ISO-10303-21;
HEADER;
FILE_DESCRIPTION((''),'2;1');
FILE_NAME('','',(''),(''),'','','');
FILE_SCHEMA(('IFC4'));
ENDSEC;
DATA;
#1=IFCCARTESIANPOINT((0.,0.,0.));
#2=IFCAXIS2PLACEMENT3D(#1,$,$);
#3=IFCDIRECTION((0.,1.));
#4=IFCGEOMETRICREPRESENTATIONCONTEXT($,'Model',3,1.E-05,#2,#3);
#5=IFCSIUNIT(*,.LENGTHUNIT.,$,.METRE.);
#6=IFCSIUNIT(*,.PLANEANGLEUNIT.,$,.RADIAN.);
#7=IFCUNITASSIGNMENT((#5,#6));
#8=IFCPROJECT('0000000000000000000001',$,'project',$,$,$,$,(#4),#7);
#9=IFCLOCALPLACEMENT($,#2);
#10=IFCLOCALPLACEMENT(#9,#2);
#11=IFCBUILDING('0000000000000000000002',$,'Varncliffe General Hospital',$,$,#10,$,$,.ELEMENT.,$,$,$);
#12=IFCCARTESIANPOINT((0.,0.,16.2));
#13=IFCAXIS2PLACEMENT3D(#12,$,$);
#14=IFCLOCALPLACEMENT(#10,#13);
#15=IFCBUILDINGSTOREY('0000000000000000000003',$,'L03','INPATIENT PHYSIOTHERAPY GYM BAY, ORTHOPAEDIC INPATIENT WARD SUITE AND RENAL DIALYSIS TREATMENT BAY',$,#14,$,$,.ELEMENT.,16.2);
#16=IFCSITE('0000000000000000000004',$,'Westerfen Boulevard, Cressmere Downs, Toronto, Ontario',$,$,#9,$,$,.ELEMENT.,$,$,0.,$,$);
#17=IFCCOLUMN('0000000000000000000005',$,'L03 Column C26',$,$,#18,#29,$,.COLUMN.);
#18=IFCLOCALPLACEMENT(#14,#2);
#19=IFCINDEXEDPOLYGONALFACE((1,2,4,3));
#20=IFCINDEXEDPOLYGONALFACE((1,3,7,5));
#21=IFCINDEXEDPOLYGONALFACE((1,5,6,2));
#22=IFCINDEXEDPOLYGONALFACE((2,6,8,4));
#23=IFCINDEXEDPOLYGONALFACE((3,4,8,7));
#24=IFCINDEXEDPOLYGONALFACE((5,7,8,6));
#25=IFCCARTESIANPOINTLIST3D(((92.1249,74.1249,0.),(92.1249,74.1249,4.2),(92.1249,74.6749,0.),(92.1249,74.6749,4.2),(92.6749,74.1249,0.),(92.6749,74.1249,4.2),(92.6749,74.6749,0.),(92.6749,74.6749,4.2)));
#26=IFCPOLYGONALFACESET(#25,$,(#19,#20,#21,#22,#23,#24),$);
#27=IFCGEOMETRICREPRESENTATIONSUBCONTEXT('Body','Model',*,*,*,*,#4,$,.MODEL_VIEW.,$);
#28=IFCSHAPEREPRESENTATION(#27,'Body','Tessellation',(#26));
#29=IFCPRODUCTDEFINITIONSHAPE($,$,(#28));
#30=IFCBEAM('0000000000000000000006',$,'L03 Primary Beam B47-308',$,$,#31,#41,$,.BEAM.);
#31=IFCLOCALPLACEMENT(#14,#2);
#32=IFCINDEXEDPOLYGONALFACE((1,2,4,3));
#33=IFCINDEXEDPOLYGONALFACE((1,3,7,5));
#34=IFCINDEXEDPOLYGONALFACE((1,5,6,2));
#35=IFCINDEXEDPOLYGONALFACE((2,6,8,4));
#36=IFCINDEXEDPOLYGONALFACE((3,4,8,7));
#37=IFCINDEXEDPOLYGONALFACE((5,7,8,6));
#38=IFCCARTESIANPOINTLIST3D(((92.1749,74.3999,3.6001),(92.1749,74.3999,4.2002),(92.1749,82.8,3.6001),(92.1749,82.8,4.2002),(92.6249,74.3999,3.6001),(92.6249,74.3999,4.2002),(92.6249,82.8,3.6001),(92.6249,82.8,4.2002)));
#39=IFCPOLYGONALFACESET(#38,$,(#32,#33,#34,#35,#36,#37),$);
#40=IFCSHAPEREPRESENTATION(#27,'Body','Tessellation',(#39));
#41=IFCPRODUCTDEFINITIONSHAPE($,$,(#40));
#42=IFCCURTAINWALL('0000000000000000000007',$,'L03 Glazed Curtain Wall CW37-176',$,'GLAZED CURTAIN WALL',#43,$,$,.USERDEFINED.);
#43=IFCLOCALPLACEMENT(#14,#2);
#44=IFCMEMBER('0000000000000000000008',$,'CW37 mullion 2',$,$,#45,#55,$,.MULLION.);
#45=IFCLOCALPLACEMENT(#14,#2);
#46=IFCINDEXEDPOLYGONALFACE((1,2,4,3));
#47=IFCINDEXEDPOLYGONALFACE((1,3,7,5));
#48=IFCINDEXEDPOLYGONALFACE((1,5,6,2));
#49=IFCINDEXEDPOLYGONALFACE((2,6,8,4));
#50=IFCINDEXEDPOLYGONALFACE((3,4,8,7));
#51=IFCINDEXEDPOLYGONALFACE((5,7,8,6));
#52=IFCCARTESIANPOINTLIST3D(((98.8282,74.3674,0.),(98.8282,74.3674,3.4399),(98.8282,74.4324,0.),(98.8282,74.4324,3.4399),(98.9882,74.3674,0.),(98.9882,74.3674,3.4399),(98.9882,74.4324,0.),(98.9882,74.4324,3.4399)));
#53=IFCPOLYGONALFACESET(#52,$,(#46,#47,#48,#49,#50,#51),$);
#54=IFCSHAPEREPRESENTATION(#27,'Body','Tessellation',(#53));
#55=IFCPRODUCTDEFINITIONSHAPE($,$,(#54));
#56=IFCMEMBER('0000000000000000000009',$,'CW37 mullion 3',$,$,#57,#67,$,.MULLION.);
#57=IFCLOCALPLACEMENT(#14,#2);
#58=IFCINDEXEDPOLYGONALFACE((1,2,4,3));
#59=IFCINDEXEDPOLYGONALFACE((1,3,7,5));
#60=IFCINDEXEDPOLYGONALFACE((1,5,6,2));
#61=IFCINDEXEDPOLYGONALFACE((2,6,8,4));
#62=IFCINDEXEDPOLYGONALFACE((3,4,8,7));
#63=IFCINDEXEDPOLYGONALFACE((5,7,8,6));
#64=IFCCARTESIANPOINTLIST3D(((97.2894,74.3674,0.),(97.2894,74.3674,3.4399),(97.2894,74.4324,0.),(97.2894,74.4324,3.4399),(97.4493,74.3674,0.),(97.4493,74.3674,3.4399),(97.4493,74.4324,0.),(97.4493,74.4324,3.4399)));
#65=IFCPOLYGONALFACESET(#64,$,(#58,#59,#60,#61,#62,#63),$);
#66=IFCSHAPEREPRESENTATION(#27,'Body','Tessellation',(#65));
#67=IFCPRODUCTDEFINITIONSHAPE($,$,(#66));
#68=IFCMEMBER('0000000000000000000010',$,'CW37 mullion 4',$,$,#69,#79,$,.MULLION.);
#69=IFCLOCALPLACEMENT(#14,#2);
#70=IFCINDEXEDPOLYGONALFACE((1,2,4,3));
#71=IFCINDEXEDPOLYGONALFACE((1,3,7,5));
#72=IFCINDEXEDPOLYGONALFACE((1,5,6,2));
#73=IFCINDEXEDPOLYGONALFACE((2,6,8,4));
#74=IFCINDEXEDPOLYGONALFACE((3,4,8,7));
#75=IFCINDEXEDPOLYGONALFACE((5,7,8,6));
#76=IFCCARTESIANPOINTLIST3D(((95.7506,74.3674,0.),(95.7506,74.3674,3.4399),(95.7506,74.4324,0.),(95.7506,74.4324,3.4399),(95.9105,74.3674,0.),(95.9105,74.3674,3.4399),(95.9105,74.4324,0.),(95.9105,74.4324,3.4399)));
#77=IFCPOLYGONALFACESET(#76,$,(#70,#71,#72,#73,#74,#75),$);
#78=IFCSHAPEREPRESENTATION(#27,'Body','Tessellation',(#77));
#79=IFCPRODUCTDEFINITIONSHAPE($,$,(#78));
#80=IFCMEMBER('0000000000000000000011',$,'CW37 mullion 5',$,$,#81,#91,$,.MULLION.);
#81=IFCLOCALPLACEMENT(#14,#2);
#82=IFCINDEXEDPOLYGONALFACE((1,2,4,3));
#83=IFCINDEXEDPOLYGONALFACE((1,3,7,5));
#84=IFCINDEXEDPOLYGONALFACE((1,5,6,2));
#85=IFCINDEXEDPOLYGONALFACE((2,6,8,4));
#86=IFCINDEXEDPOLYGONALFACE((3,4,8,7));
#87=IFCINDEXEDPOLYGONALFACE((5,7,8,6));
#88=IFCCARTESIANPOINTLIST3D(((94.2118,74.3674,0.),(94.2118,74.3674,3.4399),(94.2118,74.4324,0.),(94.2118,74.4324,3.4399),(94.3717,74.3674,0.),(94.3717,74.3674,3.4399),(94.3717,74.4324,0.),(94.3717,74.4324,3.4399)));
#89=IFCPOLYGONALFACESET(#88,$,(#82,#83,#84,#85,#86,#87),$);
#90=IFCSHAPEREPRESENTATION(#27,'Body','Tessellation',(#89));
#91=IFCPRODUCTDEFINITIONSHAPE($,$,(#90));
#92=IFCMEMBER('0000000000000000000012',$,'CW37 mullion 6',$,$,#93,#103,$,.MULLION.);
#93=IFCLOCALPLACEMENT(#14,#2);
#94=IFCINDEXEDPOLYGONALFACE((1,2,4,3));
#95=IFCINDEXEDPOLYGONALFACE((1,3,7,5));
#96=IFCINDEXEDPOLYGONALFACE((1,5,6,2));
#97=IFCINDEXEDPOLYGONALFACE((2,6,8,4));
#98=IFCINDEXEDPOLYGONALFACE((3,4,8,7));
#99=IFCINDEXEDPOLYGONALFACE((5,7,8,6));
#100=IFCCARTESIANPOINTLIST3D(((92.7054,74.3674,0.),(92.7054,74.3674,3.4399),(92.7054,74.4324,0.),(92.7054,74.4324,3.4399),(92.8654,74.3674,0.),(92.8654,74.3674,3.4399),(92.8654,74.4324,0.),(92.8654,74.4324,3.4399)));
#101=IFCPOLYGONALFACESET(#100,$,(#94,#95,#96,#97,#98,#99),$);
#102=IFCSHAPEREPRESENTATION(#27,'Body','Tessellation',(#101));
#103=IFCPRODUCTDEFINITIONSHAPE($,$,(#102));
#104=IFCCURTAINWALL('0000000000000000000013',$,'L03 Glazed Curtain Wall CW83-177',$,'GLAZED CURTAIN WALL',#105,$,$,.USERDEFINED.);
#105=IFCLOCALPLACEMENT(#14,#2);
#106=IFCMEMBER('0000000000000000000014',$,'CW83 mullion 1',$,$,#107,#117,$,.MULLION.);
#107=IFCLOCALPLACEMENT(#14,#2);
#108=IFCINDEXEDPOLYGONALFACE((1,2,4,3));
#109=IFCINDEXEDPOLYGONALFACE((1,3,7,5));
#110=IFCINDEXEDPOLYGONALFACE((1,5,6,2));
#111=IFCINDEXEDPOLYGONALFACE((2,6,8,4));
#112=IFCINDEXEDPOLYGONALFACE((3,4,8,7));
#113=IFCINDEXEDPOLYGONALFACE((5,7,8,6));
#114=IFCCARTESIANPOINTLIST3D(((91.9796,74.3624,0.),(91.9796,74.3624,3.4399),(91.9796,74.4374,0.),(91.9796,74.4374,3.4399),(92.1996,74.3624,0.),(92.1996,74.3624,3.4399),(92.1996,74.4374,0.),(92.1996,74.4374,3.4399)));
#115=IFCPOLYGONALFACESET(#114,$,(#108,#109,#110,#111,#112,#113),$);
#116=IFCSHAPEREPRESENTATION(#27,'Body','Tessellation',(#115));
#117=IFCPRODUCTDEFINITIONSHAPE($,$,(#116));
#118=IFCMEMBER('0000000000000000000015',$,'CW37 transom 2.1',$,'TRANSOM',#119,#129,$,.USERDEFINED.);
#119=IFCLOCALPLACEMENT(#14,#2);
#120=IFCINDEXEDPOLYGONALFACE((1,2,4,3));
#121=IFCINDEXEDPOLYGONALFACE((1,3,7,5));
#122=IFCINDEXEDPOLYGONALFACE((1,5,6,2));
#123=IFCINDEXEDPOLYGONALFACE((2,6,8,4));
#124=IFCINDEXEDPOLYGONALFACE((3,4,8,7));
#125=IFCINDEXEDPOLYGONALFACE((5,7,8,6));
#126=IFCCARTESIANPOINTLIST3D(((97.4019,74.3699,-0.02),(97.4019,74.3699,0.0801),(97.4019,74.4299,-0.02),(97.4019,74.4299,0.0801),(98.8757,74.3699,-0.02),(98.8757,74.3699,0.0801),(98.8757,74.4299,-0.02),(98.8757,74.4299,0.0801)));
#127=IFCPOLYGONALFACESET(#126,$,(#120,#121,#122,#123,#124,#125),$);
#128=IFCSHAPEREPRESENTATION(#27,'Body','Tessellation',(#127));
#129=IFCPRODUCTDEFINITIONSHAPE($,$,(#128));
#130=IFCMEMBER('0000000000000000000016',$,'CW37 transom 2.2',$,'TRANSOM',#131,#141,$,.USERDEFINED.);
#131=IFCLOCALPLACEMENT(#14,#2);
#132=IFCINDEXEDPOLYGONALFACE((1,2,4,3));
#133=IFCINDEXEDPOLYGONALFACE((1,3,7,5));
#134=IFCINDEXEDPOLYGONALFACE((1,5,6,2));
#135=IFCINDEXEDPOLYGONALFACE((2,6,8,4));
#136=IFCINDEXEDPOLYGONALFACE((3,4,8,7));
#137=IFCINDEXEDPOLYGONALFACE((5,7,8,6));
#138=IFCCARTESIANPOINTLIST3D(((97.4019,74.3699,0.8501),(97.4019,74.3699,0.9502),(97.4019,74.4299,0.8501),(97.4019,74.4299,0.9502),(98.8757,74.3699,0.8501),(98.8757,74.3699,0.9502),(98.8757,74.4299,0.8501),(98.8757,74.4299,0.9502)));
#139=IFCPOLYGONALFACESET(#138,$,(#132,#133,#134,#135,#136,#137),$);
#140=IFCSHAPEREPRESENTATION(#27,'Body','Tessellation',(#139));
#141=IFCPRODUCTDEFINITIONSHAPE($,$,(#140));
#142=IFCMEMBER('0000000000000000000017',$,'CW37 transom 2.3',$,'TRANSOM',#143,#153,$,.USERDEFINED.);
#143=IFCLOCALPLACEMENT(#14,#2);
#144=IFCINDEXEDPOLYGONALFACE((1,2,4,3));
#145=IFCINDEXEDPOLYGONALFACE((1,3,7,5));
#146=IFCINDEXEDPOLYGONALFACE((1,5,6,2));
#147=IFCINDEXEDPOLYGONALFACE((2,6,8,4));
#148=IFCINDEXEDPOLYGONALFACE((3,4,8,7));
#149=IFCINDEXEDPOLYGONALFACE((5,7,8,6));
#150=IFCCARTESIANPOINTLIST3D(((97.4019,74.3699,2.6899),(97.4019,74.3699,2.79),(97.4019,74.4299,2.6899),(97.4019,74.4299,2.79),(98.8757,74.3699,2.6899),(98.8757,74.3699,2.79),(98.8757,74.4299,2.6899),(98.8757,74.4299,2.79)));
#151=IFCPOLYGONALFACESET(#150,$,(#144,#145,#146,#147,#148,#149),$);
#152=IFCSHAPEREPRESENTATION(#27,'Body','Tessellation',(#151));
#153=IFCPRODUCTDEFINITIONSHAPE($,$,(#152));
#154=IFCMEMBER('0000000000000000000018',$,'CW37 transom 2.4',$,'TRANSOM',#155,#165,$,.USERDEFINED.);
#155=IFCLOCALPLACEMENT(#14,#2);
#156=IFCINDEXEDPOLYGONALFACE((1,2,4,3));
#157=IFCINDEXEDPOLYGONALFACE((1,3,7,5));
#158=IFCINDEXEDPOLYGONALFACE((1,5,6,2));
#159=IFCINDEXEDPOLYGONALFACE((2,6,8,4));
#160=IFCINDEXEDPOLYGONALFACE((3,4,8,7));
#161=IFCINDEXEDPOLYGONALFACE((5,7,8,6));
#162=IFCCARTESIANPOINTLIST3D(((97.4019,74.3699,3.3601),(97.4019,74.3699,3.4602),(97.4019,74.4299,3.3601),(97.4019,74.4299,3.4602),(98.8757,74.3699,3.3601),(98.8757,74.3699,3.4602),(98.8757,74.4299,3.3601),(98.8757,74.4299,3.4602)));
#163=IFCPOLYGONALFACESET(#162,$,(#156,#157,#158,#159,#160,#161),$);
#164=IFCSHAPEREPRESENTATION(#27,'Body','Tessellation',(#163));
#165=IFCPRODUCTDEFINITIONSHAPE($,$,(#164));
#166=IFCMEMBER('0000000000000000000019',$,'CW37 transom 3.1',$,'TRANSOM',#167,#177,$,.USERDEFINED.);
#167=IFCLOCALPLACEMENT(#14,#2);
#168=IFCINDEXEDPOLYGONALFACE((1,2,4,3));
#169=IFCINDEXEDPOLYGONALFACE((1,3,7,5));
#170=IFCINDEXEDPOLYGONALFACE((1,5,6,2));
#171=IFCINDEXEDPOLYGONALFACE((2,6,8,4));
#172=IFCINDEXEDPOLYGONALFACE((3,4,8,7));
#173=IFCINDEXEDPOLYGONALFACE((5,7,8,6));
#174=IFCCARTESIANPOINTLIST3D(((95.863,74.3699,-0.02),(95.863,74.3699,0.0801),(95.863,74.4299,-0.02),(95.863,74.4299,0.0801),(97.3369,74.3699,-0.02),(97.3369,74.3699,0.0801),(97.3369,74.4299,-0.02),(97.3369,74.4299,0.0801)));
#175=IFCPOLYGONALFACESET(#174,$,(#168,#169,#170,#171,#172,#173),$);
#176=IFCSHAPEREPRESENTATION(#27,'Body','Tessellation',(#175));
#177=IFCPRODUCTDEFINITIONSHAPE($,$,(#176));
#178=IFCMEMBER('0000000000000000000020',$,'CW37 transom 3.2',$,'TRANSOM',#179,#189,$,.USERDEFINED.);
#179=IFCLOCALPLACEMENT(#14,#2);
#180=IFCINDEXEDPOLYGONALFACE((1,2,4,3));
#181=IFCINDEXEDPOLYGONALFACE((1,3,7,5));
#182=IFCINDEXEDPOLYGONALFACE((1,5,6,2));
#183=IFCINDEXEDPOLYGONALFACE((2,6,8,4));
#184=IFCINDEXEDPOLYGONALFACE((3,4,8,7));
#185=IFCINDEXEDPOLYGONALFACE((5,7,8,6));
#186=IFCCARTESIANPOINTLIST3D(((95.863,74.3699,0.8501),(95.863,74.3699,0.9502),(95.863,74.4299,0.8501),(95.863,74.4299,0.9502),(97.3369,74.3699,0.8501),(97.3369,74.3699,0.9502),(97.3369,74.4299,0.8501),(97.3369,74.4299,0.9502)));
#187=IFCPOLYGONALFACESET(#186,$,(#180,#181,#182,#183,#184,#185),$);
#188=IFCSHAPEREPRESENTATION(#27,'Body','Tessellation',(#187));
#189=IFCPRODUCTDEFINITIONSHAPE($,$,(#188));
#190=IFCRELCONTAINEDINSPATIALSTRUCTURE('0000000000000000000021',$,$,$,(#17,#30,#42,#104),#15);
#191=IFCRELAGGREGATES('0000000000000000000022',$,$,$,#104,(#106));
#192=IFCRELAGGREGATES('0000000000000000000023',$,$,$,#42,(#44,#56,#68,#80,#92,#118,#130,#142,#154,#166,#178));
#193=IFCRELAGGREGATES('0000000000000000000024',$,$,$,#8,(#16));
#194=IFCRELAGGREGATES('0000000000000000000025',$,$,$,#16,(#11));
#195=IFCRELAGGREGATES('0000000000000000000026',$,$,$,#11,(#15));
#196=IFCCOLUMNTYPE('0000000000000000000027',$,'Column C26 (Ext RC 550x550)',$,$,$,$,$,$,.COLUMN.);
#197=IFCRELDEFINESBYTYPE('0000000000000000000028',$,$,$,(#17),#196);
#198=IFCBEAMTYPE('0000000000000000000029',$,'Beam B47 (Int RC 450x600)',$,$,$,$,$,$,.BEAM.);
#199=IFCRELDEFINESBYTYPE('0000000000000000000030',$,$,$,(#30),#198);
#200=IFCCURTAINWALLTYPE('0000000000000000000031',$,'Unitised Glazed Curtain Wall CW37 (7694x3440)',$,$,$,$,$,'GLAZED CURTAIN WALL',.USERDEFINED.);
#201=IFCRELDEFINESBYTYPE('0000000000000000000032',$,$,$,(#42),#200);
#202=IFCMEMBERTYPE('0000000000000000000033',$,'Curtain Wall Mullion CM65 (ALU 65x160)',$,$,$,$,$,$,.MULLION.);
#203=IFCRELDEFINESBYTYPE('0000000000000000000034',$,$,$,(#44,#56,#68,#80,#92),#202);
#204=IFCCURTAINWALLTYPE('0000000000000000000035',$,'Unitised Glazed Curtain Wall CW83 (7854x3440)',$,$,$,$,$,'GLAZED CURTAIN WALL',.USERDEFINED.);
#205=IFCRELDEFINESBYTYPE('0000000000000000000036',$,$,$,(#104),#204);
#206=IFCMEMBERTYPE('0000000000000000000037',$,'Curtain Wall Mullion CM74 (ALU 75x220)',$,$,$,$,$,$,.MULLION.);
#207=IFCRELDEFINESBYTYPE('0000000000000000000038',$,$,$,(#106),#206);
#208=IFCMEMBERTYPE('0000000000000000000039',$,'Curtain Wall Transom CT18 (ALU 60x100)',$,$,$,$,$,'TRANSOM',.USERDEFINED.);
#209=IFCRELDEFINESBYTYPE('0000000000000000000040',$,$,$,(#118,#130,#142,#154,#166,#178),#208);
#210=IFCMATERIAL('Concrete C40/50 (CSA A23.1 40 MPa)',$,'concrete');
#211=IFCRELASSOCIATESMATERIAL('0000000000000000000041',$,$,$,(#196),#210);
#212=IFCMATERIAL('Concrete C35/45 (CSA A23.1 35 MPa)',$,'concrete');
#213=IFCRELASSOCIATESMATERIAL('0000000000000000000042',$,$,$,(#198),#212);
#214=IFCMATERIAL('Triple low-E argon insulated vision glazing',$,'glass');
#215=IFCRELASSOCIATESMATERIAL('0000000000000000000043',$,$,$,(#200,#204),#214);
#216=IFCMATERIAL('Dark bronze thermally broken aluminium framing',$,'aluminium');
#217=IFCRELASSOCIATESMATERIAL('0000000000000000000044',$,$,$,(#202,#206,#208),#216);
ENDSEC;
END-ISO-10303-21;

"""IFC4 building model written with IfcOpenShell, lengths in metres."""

from ifc_helpers import new_model, si_unit, direction, frame, origin, origin_2d, place, context, subcontext, project, spatial, rectangle, extrude, material, material_profile, profile_set, type_object, element, aggregate, save


model = new_model("IFC4")

# Units and contexts
model_context = context("Model", 3, precision=1e-05, world=origin(), true_north=direction((0.0, 1.0)))
body_context = subcontext(model_context, "Body", "Model", "MODEL_VIEW")
ifc_project = project(units=[si_unit("LENGTHUNIT", "METRE"), si_unit("PLANEANGLEUNIT", "RADIAN")], contexts=[model_context])

# Site, building, storey
site_placement = place(None, origin())
site = spatial("IfcSite", under=ifc_project, at=site_placement, Name="Westerfen Boulevard, Cressmere Downs, Toronto, Ontario", CompositionType="ELEMENT", RefElevation=0.0)
building_placement = place(site_placement, origin())
building = spatial("IfcBuilding", under=site, at=building_placement, Name="Varncliffe General Hospital", CompositionType="ELEMENT")
storey_placement = place(building_placement, frame((0.0, 0.0, 16.2)))
storey = spatial("IfcBuildingStorey", under=building, at=storey_placement, Name="L03", Description="INPATIENT PHYSIOTHERAPY GYM BAY, ORTHOPAEDIC INPATIENT WARD SUITE AND RENAL DIALYSIS TREATMENT BAY", CompositionType="ELEMENT", Elevation=16.2)

# Column
ifc_material_1 = material(Name="Concrete C40/50 (CSA A23.1 40 MPa)", Category="concrete")
ifc_material_profile_1 = material_profile(ifc_material_1, rectangle(XDim=0.55, YDim=0.55, at=origin_2d()), Name="RC 550x550")
ifc_profile_set_1 = profile_set([ifc_material_profile_1], Name="Concrete C40/50 (CSA A23.1 40 MPa)")
column_type = type_object("IfcColumnType", Name="Column C26 (Ext RC 550x550)", PredefinedType="COLUMN", material=ifc_profile_set_1)
column_placement = place(storey_placement, frame((92.3999, 74.3999, 0.0), z_axis=(0.0, 0.0, 1.0), x_axis=(1.0, 0.0, 0.0)))
element("IfcColumn", 1, at=column_placement, inside=storey, type_object=column_type, Name="L03 Column C26", PredefinedType="COLUMN", context=body_context, shape_type="SweptSolid", body=[
    extrude(rectangle(XDim=0.55, YDim=0.55, at=origin_2d()), origin(), (0.0, 0.0, 1.0), 4.2),
])

# Beam
ifc_material_2 = material(Name="Concrete C35/45 (CSA A23.1 35 MPa)", Category="concrete")
ifc_material_profile_2 = material_profile(ifc_material_2, rectangle(XDim=0.45, YDim=0.6001, at=origin_2d()), Name="RC 450x600")
ifc_profile_set_2 = profile_set([ifc_material_profile_2], Name="Concrete C35/45 (CSA A23.1 35 MPa)")
beam_type_1 = type_object("IfcBeamType", Name="Beam B47 (Int RC 450x600)", PredefinedType="BEAM", material=ifc_profile_set_2)
beam_1_placement = place(storey_placement, frame((92.3999, 74.3999, 3.9001), z_axis=(0.0, 1.0, 0.0), x_axis=(-1.0, 0.0, 0.0)))
element("IfcBeam", 2, at=beam_1_placement, inside=storey, type_object=beam_type_1, Name="L03 Primary Beam B47-308", PredefinedType="BEAM", context=body_context, shape_type="SweptSolid", body=[
    extrude(rectangle(XDim=0.45, YDim=0.6001, at=origin_2d()), origin(), (0.0, 0.0, 1.0), 8.4001),
])

# Curtain wall, members
ifc_material_3 = material(Name="Triple low-E argon insulated vision glazing", Category="glass")
curtain_wall_type_1 = type_object("IfcCurtainWallType", Name="Unitised Glazed Curtain Wall CW37 (7694x3440)", ElementType="GLAZED CURTAIN WALL", PredefinedType="USERDEFINED", material=ifc_material_3)
curtain_wall_1_placement = place(storey_placement, origin())
curtain_wall_1 = element("IfcCurtainWall", 3, at=curtain_wall_1_placement, inside=storey, type_object=curtain_wall_type_1, Name="L03 Glazed Curtain Wall CW37-176", ObjectType="GLAZED CURTAIN WALL", PredefinedType="USERDEFINED")
ifc_material_4 = material(Name="Dark bronze thermally broken aluminium framing", Category="aluminium")
ifc_material_profile_3 = material_profile(ifc_material_4, rectangle(XDim=0.0649, YDim=0.1599, at=origin_2d()), Name="ALU 65x160")
ifc_profile_set_3 = profile_set([ifc_material_profile_3], Name="Dark bronze thermally broken aluminium framing")
member_type_1 = type_object("IfcMemberType", Name="Curtain Wall Mullion CM65 (ALU 65x160)", PredefinedType="MULLION", material=ifc_profile_set_3)
member_1_placement = place(storey_placement, frame((98.9082, 74.3999, 0.0), z_axis=(0.0, 0.0, 1.0), x_axis=(0.0, -1.0, 0.0)))
member_1 = element("IfcMember", 4, at=member_1_placement, type_object=member_type_1, Name="CW37 mullion 2", PredefinedType="MULLION", context=body_context, shape_type="SweptSolid", body=[
    extrude(rectangle(XDim=0.0649, YDim=0.1599, at=origin_2d()), origin(), (0.0, 0.0, 1.0), 3.4399),
])
member_2_placement = place(storey_placement, frame((97.3694, 74.3999, 0.0), z_axis=(0.0, 0.0, 1.0), x_axis=(0.0, -1.0, 0.0)))
member_2 = element("IfcMember", 5, at=member_2_placement, type_object=member_type_1, Name="CW37 mullion 3", PredefinedType="MULLION", context=body_context, shape_type="SweptSolid", body=[
    extrude(rectangle(XDim=0.0649, YDim=0.1599, at=origin_2d()), origin(), (0.0, 0.0, 1.0), 3.4399),
])
member_3_placement = place(storey_placement, frame((95.8306, 74.3999, 0.0), z_axis=(0.0, 0.0, 1.0), x_axis=(0.0, -1.0, 0.0)))
member_3 = element("IfcMember", 6, at=member_3_placement, type_object=member_type_1, Name="CW37 mullion 4", PredefinedType="MULLION", context=body_context, shape_type="SweptSolid", body=[
    extrude(rectangle(XDim=0.0649, YDim=0.1599, at=origin_2d()), origin(), (0.0, 0.0, 1.0), 3.4399),
])
member_4_placement = place(storey_placement, frame((94.2917, 74.3999, 0.0), z_axis=(0.0, 0.0, 1.0), x_axis=(0.0, -1.0, 0.0)))
member_4 = element("IfcMember", 7, at=member_4_placement, type_object=member_type_1, Name="CW37 mullion 5", PredefinedType="MULLION", context=body_context, shape_type="SweptSolid", body=[
    extrude(rectangle(XDim=0.0649, YDim=0.1599, at=origin_2d()), origin(), (0.0, 0.0, 1.0), 3.4399),
])
member_5_placement = place(storey_placement, frame((92.7854, 74.3999, 0.0), z_axis=(0.0, 0.0, 1.0), x_axis=(0.0, -1.0, 0.0)))
member_5 = element("IfcMember", 8, at=member_5_placement, type_object=member_type_1, Name="CW37 mullion 6", PredefinedType="MULLION", context=body_context, shape_type="SweptSolid", body=[
    extrude(rectangle(XDim=0.0649, YDim=0.1599, at=origin_2d()), origin(), (0.0, 0.0, 1.0), 3.4399),
])

# Curtain wall, member
curtain_wall_type_2 = type_object("IfcCurtainWallType", Name="Unitised Glazed Curtain Wall CW83 (7854x3440)", ElementType="GLAZED CURTAIN WALL", PredefinedType="USERDEFINED", material=ifc_material_3)
curtain_wall_2_placement = place(storey_placement, origin())
curtain_wall_2 = element("IfcCurtainWall", 9, at=curtain_wall_2_placement, inside=storey, type_object=curtain_wall_type_2, Name="L03 Glazed Curtain Wall CW83-177", ObjectType="GLAZED CURTAIN WALL", PredefinedType="USERDEFINED")
ifc_material_profile_4 = material_profile(ifc_material_4, rectangle(XDim=0.075, YDim=0.22, at=origin_2d()), Name="ALU 75x220")
ifc_profile_set_4 = profile_set([ifc_material_profile_4], Name="Dark bronze thermally broken aluminium framing")
member_type_2 = type_object("IfcMemberType", Name="Curtain Wall Mullion CM74 (ALU 75x220)", PredefinedType="MULLION", material=ifc_profile_set_4)
member_6_placement = place(storey_placement, frame((92.0896, 74.3999, 0.0), z_axis=(0.0, 0.0, 1.0), x_axis=(0.0, -1.0, 0.0)))
member_6 = element("IfcMember", 10, at=member_6_placement, type_object=member_type_2, Name="CW83 mullion 1", PredefinedType="MULLION", context=body_context, shape_type="SweptSolid", body=[
    extrude(rectangle(XDim=0.075, YDim=0.22, at=origin_2d()), origin(), (0.0, 0.0, 1.0), 3.4399),
])
aggregate(curtain_wall_2, [member_6])

# Members
ifc_material_profile_5 = material_profile(ifc_material_4, rectangle(XDim=0.0601, YDim=0.1001, at=origin_2d()), Name="ALU 60x100")
ifc_profile_set_5 = profile_set([ifc_material_profile_5], Name="Dark bronze thermally broken aluminium framing")
member_type_3 = type_object("IfcMemberType", Name="Curtain Wall Transom CT18 (ALU 60x100)", ElementType="TRANSOM", PredefinedType="USERDEFINED", material=ifc_profile_set_5)
member_7_placement = place(storey_placement, frame((98.8757, 74.3999, 0.03), z_axis=(-1.0, 0.0, 0.0), x_axis=(0.0, -1.0, 0.0)))
member_7 = element("IfcMember", 11, at=member_7_placement, type_object=member_type_3, Name="CW37 transom 2.1", ObjectType="TRANSOM", PredefinedType="USERDEFINED", context=body_context, shape_type="SweptSolid", body=[
    extrude(rectangle(XDim=0.0601, YDim=0.1001, at=origin_2d()), origin(), (0.0, 0.0, 1.0), 1.4739),
])
member_8_placement = place(storey_placement, frame((98.8757, 74.3999, 0.9001), z_axis=(-1.0, 0.0, 0.0), x_axis=(0.0, -1.0, 0.0)))
member_8 = element("IfcMember", 12, at=member_8_placement, type_object=member_type_3, Name="CW37 transom 2.2", ObjectType="TRANSOM", PredefinedType="USERDEFINED", context=body_context, shape_type="SweptSolid", body=[
    extrude(rectangle(XDim=0.0601, YDim=0.1001, at=origin_2d()), origin(), (0.0, 0.0, 1.0), 1.4739),
])
member_9_placement = place(storey_placement, frame((98.8757, 74.3999, 2.74), z_axis=(-1.0, 0.0, 0.0), x_axis=(0.0, -1.0, 0.0)))
member_9 = element("IfcMember", 13, at=member_9_placement, type_object=member_type_3, Name="CW37 transom 2.3", ObjectType="TRANSOM", PredefinedType="USERDEFINED", context=body_context, shape_type="SweptSolid", body=[
    extrude(rectangle(XDim=0.0601, YDim=0.1001, at=origin_2d()), origin(), (0.0, 0.0, 1.0), 1.4739),
])
member_10_placement = place(storey_placement, frame((98.8757, 74.3999, 3.4102), z_axis=(-1.0, 0.0, 0.0), x_axis=(0.0, -1.0, 0.0)))
member_10 = element("IfcMember", 14, at=member_10_placement, type_object=member_type_3, Name="CW37 transom 2.4", ObjectType="TRANSOM", PredefinedType="USERDEFINED", context=body_context, shape_type="SweptSolid", body=[
    extrude(rectangle(XDim=0.0601, YDim=0.1001, at=origin_2d()), origin(), (0.0, 0.0, 1.0), 1.4739),
])
member_11_placement = place(storey_placement, frame((97.3369, 74.3999, 0.03), z_axis=(-1.0, 0.0, 0.0), x_axis=(0.0, -1.0, 0.0)))
member_11 = element("IfcMember", 15, at=member_11_placement, type_object=member_type_3, Name="CW37 transom 3.1", ObjectType="TRANSOM", PredefinedType="USERDEFINED", context=body_context, shape_type="SweptSolid", body=[
    extrude(rectangle(XDim=0.0601, YDim=0.1001, at=origin_2d()), origin(), (0.0, 0.0, 1.0), 1.4739),
])
member_12_placement = place(storey_placement, frame((97.3369, 74.3999, 0.9001), z_axis=(-1.0, 0.0, 0.0), x_axis=(0.0, -1.0, 0.0)))
member_12 = element("IfcMember", 16, at=member_12_placement, type_object=member_type_3, Name="CW37 transom 3.2", ObjectType="TRANSOM", PredefinedType="USERDEFINED", context=body_context, shape_type="SweptSolid", body=[
    extrude(rectangle(XDim=0.0601, YDim=0.1001, at=origin_2d()), origin(), (0.0, 0.0, 1.0), 1.4739),
])

aggregate(curtain_wall_1, [member_1, member_2, member_3, member_4, member_5, member_7, member_8, member_9, member_10, member_11, member_12])

save(model, "model.ifc")
